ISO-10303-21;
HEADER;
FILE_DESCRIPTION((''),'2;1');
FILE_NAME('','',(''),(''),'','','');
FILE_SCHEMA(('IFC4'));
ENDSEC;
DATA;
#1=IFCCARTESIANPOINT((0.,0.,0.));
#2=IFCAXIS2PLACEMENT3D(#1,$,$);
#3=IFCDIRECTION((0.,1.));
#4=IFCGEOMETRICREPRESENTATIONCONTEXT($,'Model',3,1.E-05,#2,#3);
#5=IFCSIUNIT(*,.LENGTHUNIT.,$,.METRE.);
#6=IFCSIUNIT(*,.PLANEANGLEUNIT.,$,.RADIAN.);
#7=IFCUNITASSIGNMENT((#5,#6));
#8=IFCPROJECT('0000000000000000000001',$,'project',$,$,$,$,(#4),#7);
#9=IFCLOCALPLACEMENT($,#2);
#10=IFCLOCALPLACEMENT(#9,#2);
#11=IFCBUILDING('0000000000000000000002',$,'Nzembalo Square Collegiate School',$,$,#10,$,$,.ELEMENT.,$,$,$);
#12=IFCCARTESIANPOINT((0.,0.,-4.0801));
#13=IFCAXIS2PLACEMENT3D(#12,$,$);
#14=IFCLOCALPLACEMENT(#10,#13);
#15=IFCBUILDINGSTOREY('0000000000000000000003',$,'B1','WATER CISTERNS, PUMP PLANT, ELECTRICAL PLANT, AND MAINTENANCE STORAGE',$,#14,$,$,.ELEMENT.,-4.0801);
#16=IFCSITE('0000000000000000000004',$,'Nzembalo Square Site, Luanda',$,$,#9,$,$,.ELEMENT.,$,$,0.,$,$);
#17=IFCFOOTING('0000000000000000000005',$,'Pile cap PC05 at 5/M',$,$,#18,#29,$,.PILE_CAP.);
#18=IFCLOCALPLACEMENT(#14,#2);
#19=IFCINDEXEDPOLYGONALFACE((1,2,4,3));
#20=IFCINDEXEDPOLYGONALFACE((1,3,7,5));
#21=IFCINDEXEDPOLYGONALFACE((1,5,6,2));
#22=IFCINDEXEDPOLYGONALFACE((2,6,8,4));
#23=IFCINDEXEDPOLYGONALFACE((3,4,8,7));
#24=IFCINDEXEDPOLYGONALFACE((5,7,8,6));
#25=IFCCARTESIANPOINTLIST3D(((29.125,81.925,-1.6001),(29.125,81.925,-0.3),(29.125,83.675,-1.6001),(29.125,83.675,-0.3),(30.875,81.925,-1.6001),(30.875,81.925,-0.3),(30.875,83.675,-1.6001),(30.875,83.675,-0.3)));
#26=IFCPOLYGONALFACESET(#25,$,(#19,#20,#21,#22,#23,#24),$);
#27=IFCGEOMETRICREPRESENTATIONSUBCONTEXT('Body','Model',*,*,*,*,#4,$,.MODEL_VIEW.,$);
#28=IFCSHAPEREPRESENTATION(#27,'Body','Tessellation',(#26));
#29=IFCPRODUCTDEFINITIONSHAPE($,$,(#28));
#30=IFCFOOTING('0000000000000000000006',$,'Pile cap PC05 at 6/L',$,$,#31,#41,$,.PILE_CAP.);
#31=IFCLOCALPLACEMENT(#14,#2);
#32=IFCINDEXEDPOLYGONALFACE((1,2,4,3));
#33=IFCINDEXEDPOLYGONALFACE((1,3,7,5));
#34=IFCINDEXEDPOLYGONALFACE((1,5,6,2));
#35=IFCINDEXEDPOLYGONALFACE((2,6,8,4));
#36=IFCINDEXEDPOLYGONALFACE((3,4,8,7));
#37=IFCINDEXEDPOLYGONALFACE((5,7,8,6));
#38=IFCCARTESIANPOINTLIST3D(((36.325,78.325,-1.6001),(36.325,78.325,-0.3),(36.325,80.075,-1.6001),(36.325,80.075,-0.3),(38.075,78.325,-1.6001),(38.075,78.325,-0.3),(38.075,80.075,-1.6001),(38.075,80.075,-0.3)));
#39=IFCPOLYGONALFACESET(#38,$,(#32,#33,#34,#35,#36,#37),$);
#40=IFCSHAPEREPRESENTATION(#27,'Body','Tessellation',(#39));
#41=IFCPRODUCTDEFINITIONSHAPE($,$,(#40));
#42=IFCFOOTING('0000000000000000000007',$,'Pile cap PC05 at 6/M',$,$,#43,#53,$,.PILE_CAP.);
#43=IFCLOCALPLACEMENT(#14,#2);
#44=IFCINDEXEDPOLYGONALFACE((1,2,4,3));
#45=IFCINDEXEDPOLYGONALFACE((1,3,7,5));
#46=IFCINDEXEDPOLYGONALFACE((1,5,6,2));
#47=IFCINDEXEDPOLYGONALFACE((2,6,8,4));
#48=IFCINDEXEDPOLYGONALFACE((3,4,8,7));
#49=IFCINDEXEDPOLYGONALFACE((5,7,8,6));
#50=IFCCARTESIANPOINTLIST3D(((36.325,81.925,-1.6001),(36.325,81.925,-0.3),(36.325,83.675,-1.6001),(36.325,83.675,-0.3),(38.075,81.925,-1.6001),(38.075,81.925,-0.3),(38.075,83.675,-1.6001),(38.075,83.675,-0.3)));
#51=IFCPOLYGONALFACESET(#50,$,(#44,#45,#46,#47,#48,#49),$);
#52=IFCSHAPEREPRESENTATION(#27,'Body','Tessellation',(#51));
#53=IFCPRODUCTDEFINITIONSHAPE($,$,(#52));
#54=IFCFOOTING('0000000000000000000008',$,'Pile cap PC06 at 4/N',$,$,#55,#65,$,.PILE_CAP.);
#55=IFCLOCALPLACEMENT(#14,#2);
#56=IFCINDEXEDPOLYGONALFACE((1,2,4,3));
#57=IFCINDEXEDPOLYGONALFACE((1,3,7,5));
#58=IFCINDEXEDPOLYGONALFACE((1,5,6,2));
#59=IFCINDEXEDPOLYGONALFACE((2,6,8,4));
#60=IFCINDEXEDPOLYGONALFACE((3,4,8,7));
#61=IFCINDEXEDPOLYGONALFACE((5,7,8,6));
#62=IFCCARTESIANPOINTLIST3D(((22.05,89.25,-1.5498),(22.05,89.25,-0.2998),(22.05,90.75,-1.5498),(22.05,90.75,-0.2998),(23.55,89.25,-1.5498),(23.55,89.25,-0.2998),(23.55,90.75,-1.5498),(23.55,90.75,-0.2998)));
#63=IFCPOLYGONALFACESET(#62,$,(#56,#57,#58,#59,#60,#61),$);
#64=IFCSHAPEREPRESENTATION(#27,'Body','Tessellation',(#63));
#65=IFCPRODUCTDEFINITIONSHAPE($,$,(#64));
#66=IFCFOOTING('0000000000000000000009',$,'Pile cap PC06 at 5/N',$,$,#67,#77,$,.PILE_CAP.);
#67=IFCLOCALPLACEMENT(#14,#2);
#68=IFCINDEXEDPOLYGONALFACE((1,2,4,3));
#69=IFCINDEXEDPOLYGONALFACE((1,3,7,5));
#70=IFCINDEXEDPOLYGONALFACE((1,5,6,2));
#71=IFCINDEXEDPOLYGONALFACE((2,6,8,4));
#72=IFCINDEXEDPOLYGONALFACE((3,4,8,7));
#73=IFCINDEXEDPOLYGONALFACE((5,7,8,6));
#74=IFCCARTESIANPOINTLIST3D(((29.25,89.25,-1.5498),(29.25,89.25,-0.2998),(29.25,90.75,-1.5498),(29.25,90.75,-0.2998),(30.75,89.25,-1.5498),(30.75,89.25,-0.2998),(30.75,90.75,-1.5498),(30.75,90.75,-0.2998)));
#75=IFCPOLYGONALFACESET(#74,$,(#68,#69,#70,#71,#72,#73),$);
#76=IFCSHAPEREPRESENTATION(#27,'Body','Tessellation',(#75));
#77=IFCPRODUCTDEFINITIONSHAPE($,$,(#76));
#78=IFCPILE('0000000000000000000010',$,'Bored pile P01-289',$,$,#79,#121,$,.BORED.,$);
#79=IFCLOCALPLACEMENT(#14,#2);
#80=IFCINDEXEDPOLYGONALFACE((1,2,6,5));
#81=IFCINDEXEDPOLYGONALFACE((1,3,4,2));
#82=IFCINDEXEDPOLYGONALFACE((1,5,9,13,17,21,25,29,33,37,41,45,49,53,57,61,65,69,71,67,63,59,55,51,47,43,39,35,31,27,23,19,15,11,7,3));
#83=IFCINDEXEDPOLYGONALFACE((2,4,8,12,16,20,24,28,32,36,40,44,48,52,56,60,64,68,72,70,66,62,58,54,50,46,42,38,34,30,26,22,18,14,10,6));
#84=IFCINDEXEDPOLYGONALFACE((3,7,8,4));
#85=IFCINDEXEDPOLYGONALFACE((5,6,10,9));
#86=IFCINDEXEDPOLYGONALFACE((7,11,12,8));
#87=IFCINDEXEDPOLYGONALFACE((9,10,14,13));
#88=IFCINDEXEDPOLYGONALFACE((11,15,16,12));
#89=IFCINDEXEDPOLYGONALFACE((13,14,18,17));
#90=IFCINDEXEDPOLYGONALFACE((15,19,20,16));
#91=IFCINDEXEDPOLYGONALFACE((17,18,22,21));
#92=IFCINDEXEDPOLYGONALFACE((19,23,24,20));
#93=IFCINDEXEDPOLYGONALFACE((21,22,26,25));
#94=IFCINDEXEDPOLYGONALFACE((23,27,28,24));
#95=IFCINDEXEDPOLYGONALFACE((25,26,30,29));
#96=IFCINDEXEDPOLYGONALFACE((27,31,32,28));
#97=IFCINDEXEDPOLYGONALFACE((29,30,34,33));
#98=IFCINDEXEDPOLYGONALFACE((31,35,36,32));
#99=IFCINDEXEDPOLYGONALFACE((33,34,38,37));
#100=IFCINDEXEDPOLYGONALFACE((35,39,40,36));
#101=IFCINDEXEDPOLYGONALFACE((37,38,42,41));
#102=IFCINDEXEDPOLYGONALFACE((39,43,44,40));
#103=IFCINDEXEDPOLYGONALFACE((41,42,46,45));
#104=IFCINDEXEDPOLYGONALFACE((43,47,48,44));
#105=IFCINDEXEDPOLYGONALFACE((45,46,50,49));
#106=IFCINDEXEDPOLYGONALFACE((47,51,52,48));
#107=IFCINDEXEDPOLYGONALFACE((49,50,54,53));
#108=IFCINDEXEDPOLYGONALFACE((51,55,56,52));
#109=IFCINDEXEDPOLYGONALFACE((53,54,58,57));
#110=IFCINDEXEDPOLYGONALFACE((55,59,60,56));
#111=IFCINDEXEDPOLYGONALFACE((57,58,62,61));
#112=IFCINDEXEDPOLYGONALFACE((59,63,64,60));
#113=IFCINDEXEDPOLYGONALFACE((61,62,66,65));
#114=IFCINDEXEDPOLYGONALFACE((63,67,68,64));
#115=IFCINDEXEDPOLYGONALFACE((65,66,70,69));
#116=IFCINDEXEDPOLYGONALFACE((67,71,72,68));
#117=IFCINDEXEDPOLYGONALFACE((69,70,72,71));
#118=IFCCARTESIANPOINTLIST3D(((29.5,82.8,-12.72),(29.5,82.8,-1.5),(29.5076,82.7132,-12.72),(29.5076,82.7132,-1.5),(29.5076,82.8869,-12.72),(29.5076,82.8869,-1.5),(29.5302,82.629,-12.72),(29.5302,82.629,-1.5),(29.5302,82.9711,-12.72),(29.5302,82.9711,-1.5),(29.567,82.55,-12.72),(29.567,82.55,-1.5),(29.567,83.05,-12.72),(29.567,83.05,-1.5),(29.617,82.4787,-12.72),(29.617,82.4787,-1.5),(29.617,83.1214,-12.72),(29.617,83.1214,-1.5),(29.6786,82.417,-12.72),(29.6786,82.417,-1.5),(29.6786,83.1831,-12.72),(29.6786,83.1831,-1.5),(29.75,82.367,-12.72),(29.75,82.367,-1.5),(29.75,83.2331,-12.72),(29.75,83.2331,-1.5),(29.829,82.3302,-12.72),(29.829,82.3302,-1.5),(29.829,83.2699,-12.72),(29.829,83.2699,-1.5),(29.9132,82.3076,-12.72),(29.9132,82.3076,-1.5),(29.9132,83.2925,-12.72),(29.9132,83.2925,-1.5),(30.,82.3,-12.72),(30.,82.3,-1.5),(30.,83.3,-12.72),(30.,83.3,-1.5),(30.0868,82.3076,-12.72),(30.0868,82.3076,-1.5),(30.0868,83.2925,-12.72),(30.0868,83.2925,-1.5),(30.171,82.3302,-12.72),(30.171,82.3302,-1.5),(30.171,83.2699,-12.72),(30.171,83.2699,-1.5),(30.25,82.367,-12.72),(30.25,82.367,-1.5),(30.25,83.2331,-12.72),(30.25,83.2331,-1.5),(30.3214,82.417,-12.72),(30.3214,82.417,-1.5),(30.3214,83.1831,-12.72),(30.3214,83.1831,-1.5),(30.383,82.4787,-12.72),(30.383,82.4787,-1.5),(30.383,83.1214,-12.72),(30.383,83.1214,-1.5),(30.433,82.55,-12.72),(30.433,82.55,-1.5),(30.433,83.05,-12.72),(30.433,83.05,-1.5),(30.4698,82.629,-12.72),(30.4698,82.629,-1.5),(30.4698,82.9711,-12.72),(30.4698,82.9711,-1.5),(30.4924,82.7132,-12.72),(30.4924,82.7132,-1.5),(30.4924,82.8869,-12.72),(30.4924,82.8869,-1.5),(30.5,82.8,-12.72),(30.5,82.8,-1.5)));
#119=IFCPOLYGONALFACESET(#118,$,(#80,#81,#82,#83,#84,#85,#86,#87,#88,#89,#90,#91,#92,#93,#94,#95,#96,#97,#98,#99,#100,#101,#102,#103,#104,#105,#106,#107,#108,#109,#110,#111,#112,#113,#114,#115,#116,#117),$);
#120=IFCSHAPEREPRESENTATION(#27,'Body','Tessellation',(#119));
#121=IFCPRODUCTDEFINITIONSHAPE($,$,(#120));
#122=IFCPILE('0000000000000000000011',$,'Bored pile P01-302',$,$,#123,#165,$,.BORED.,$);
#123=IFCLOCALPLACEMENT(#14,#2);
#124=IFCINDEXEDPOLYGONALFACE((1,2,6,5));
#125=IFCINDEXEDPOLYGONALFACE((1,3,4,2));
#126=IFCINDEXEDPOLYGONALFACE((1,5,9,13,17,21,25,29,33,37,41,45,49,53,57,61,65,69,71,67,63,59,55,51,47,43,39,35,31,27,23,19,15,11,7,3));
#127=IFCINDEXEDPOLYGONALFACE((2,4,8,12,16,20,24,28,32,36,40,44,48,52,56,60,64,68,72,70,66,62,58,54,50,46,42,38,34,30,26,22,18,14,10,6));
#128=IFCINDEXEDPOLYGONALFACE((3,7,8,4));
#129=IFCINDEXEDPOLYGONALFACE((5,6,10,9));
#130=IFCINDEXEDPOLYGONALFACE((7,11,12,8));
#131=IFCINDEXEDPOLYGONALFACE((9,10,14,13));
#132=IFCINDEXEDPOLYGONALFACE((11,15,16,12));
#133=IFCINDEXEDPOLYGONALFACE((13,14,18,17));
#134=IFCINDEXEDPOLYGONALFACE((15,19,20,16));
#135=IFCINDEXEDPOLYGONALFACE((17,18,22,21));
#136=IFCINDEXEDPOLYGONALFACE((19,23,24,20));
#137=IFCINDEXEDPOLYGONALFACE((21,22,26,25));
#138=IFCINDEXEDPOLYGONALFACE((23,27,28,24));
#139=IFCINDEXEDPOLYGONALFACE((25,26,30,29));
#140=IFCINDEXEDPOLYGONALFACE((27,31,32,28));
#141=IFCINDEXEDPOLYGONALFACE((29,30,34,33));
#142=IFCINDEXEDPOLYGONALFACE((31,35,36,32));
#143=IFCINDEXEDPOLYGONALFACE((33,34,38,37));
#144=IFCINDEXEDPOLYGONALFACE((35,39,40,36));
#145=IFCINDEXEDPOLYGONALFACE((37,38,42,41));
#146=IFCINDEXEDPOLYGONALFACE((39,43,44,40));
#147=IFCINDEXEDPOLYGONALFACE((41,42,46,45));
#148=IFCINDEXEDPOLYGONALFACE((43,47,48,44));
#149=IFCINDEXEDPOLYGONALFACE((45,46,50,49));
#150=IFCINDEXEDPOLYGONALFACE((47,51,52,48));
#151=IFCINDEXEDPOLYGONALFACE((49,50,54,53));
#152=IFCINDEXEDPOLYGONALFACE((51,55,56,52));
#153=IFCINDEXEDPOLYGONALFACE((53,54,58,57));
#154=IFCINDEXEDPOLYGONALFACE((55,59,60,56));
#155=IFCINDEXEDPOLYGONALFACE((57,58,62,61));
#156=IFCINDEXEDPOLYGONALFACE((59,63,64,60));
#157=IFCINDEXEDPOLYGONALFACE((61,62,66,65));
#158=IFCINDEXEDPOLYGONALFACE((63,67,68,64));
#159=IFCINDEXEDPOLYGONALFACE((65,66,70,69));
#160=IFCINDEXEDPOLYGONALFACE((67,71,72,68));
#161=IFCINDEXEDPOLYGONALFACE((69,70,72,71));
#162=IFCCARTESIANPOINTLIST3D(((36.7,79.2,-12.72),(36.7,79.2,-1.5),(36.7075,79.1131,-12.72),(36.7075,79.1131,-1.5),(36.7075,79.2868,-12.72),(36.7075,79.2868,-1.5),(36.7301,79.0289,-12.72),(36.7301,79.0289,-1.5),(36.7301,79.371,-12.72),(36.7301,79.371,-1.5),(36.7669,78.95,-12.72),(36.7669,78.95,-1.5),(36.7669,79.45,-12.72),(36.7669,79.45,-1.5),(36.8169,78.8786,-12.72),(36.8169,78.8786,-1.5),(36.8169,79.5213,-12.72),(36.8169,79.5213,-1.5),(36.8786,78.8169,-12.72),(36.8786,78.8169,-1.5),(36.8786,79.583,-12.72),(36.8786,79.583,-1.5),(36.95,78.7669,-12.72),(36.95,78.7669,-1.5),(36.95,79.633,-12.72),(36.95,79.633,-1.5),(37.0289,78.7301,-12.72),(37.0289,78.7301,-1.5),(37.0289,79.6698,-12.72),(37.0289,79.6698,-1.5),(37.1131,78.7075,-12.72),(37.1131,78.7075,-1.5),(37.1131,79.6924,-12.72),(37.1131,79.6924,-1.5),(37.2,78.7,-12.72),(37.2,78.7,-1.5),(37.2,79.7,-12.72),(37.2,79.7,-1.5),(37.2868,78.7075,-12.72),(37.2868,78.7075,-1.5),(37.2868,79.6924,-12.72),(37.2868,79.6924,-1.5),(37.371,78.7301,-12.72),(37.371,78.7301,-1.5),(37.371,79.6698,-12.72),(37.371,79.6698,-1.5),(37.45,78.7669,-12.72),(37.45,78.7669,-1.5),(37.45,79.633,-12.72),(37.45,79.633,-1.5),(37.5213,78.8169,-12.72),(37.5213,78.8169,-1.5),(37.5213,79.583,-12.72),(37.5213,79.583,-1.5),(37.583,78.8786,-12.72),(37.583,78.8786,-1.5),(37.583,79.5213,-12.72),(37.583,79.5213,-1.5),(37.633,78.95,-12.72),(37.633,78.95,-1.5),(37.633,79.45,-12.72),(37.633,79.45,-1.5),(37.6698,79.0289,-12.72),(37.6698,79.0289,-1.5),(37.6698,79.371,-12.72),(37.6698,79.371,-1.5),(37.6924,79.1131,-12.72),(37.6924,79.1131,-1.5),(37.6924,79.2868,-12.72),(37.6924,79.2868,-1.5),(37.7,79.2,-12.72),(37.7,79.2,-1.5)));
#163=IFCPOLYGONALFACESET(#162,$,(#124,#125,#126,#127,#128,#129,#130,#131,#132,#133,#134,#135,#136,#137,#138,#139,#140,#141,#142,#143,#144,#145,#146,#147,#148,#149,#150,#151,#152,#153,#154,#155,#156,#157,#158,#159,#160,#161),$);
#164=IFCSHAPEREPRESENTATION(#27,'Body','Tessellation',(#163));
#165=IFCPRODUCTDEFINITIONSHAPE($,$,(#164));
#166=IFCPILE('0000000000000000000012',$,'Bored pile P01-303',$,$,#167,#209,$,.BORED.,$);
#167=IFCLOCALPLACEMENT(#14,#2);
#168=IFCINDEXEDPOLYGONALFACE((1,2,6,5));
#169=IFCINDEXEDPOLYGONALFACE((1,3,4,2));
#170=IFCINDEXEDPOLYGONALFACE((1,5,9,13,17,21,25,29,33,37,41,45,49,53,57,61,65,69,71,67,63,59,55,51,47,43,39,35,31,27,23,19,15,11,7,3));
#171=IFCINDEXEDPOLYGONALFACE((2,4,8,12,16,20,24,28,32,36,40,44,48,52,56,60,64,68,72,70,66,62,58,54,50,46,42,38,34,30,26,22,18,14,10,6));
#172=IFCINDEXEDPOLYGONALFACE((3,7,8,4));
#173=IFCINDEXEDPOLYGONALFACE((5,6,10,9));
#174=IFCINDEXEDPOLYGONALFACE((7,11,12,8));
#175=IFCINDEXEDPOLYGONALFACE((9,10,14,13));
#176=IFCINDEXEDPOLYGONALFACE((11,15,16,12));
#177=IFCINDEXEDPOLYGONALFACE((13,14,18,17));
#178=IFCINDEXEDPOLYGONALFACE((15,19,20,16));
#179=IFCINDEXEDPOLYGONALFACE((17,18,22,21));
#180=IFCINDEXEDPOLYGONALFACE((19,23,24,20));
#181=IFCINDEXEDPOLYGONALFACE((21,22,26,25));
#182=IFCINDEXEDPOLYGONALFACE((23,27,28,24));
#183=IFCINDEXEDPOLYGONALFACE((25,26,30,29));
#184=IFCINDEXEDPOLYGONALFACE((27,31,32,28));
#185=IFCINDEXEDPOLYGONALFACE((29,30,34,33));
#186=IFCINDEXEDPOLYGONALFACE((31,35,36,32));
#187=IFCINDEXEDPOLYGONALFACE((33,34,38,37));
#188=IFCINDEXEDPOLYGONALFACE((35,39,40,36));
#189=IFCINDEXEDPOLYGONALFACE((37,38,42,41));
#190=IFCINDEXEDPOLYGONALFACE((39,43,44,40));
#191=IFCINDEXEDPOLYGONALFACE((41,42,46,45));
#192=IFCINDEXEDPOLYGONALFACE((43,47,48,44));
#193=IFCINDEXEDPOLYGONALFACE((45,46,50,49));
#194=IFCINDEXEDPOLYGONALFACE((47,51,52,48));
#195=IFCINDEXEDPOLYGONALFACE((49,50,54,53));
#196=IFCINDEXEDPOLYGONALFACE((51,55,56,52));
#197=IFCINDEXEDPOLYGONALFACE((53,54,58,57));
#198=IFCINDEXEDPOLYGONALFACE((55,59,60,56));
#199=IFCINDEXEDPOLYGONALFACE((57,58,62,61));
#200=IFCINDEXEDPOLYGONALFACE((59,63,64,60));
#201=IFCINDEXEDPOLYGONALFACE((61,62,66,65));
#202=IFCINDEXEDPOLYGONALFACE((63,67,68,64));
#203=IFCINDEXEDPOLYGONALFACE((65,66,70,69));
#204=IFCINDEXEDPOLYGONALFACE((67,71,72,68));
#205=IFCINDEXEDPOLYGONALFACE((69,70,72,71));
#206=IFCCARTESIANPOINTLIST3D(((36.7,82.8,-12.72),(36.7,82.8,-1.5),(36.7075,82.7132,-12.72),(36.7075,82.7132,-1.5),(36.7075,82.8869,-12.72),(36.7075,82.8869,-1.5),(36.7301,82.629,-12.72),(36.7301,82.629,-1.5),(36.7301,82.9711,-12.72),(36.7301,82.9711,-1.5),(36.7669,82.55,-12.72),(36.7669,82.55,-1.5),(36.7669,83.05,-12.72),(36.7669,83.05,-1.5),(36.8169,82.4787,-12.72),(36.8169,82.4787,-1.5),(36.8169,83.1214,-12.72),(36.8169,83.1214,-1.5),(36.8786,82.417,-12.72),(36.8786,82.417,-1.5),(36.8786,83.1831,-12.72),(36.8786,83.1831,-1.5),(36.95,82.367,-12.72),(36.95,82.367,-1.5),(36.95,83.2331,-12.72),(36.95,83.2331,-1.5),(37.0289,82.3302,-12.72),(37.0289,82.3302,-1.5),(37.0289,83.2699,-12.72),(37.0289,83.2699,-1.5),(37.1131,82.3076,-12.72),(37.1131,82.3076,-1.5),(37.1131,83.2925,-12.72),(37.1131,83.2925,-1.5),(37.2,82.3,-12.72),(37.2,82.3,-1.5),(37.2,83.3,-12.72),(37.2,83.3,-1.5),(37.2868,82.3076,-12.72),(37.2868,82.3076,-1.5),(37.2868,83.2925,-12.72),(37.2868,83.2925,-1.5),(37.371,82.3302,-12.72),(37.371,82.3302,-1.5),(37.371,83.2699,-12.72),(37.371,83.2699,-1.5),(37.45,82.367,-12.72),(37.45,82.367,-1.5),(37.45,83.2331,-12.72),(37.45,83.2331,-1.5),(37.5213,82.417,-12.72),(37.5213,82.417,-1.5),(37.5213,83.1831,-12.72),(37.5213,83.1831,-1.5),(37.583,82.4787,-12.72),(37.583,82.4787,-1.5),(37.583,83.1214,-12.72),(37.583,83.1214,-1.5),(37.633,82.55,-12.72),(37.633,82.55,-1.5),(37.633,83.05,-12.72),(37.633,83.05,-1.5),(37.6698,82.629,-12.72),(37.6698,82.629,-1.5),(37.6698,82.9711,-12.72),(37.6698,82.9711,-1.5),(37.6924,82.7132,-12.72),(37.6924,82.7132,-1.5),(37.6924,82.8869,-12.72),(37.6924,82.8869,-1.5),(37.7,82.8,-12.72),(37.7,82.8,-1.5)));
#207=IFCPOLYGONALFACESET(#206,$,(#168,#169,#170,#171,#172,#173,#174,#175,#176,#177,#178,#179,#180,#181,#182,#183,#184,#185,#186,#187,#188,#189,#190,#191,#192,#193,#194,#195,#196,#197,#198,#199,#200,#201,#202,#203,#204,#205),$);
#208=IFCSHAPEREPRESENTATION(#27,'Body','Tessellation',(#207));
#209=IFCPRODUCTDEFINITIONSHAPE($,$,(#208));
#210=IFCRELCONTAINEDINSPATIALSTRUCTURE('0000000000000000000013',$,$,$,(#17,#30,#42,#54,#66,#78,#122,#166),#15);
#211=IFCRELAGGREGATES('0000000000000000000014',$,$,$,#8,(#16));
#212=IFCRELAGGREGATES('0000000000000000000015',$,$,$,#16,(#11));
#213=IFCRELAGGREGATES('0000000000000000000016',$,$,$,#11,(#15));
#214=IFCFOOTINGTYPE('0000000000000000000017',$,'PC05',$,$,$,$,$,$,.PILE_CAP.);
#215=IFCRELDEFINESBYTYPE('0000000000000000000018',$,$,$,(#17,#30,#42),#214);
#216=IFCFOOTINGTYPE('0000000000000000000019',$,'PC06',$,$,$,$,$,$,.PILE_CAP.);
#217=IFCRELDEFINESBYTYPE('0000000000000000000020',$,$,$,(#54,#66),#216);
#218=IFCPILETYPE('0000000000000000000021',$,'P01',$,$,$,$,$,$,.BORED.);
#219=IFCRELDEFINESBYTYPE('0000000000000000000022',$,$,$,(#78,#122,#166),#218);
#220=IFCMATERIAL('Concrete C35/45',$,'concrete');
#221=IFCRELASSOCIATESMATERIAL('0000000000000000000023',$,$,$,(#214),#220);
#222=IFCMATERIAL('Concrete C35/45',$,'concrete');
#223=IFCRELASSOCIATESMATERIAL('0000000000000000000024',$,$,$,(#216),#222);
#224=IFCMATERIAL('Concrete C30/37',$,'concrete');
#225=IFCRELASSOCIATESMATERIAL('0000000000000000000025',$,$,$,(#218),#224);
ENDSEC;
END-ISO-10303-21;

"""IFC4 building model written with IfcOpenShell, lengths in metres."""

from ifc_helpers import new_model, si_unit, direction, frame, origin, origin_2d, place, context, subcontext, project, spatial, rectangle, circle, extrude, material, material_profile, profile_set, type_object, element, save


model = new_model("IFC4")

# Units and contexts
model_context = context("Model", 3, precision=1e-05, world=origin(), true_north=direction((0.0, 1.0)))
body_context = subcontext(model_context, "Body", "Model", "MODEL_VIEW")
ifc_project = project(units=[si_unit("LENGTHUNIT", "METRE"), si_unit("PLANEANGLEUNIT", "RADIAN")], contexts=[model_context])

# Site, building, storey
site_placement = place(None, origin())
site = spatial("IfcSite", under=ifc_project, at=site_placement, Name="Nzembalo Square Site, Luanda", CompositionType="ELEMENT", RefElevation=0.0)
building_placement = place(site_placement, origin())
building = spatial("IfcBuilding", under=site, at=building_placement, Name="Nzembalo Square Collegiate School", CompositionType="ELEMENT")
storey_placement = place(building_placement, frame((0.0, 0.0, -4.0801)))
storey = spatial("IfcBuildingStorey", under=building, at=storey_placement, Name="B1", Description="WATER CISTERNS, PUMP PLANT, ELECTRICAL PLANT, AND MAINTENANCE STORAGE", CompositionType="ELEMENT", Elevation=-4.0801)

# Footings
ifc_material_1 = material(Name="Concrete C35/45", Category="concrete")
footing_type_1 = type_object("IfcFootingType", Name="PC05", PredefinedType="PILE_CAP", material=ifc_material_1)
for number, where, z_axis, x_axis, name in (
    (1, (30.0, 82.8, -1.6001), (0.0, 0.0, 1.0), (1.0, 0.0, 0.0), "Pile cap PC05 at 5/M"),
    (2, (37.2, 79.2, -1.6001), (0.0, 0.0, 1.0), (1.0, 0.0, 0.0), "Pile cap PC05 at 6/L"),
    (3, (37.2, 82.8, -1.6001), (0.0, 0.0, 1.0), (1.0, 0.0, 0.0), "Pile cap PC05 at 6/M"),
):
    element("IfcFooting", number, at=place(storey_placement, frame(where, z_axis=z_axis, x_axis=x_axis)), inside=storey, type_object=footing_type_1, Name=name, PredefinedType="PILE_CAP", context=body_context, shape_type="SweptSolid", body=[
        extrude(rectangle(XDim=1.75, YDim=1.75, at=origin_2d()), origin(), (0.0, 0.0, 1.0), 1.3),
    ])
ifc_material_2 = material(Name="Concrete C35/45", Category="concrete")
footing_type_2 = type_object("IfcFootingType", Name="PC06", PredefinedType="PILE_CAP", material=ifc_material_2)
for number, where, z_axis, x_axis, name in (
    (4, (22.8, 90.0, -1.5498), (0.0, 0.0, 1.0), (1.0, 0.0, 0.0), "Pile cap PC06 at 4/N"),
    (5, (30.0, 90.0, -1.5498), (0.0, 0.0, 1.0), (1.0, 0.0, 0.0), "Pile cap PC06 at 5/N"),
):
    element("IfcFooting", number, at=place(storey_placement, frame(where, z_axis=z_axis, x_axis=x_axis)), inside=storey, type_object=footing_type_2, Name=name, PredefinedType="PILE_CAP", context=body_context, shape_type="SweptSolid", body=[
        extrude(rectangle(XDim=1.5, YDim=1.5, at=origin_2d()), origin(), (0.0, 0.0, 1.0), 1.25),
    ])

# Piles
ifc_material_3 = material(Name="Concrete C30/37", Category="concrete")
ifc_material_profile_1 = material_profile(ifc_material_3, circle(Radius=0.5, at=origin_2d()), Name="PILE D1000")
ifc_profile_set_1 = profile_set([ifc_material_profile_1], Name="Concrete C30/37")
pile_type_1 = type_object("IfcPileType", Name="P01", PredefinedType="BORED", material=ifc_profile_set_1)
for number, where, z_axis, x_axis, name in (
    (6, (30.0, 82.8, -1.5), (0.0, 0.0, -1.0), (1.0, 0.0, 0.0), "Bored pile P01-289"),
    (7, (37.2, 79.2, -1.5), (0.0, 0.0, -1.0), (1.0, 0.0, 0.0), "Bored pile P01-302"),
    (8, (37.2, 82.8, -1.5), (0.0, 0.0, -1.0), (1.0, 0.0, 0.0), "Bored pile P01-303"),
):
    element("IfcPile", number, at=place(storey_placement, frame(where, z_axis=z_axis, x_axis=x_axis)), inside=storey, type_object=pile_type_1, Name=name, PredefinedType="BORED", context=body_context, shape_type="SweptSolid", body=[
        extrude(circle(Radius=0.5, at=origin_2d()), origin(), (0.0, 0.0, 1.0), 11.22),
    ])

save(model, "model.ifc")
